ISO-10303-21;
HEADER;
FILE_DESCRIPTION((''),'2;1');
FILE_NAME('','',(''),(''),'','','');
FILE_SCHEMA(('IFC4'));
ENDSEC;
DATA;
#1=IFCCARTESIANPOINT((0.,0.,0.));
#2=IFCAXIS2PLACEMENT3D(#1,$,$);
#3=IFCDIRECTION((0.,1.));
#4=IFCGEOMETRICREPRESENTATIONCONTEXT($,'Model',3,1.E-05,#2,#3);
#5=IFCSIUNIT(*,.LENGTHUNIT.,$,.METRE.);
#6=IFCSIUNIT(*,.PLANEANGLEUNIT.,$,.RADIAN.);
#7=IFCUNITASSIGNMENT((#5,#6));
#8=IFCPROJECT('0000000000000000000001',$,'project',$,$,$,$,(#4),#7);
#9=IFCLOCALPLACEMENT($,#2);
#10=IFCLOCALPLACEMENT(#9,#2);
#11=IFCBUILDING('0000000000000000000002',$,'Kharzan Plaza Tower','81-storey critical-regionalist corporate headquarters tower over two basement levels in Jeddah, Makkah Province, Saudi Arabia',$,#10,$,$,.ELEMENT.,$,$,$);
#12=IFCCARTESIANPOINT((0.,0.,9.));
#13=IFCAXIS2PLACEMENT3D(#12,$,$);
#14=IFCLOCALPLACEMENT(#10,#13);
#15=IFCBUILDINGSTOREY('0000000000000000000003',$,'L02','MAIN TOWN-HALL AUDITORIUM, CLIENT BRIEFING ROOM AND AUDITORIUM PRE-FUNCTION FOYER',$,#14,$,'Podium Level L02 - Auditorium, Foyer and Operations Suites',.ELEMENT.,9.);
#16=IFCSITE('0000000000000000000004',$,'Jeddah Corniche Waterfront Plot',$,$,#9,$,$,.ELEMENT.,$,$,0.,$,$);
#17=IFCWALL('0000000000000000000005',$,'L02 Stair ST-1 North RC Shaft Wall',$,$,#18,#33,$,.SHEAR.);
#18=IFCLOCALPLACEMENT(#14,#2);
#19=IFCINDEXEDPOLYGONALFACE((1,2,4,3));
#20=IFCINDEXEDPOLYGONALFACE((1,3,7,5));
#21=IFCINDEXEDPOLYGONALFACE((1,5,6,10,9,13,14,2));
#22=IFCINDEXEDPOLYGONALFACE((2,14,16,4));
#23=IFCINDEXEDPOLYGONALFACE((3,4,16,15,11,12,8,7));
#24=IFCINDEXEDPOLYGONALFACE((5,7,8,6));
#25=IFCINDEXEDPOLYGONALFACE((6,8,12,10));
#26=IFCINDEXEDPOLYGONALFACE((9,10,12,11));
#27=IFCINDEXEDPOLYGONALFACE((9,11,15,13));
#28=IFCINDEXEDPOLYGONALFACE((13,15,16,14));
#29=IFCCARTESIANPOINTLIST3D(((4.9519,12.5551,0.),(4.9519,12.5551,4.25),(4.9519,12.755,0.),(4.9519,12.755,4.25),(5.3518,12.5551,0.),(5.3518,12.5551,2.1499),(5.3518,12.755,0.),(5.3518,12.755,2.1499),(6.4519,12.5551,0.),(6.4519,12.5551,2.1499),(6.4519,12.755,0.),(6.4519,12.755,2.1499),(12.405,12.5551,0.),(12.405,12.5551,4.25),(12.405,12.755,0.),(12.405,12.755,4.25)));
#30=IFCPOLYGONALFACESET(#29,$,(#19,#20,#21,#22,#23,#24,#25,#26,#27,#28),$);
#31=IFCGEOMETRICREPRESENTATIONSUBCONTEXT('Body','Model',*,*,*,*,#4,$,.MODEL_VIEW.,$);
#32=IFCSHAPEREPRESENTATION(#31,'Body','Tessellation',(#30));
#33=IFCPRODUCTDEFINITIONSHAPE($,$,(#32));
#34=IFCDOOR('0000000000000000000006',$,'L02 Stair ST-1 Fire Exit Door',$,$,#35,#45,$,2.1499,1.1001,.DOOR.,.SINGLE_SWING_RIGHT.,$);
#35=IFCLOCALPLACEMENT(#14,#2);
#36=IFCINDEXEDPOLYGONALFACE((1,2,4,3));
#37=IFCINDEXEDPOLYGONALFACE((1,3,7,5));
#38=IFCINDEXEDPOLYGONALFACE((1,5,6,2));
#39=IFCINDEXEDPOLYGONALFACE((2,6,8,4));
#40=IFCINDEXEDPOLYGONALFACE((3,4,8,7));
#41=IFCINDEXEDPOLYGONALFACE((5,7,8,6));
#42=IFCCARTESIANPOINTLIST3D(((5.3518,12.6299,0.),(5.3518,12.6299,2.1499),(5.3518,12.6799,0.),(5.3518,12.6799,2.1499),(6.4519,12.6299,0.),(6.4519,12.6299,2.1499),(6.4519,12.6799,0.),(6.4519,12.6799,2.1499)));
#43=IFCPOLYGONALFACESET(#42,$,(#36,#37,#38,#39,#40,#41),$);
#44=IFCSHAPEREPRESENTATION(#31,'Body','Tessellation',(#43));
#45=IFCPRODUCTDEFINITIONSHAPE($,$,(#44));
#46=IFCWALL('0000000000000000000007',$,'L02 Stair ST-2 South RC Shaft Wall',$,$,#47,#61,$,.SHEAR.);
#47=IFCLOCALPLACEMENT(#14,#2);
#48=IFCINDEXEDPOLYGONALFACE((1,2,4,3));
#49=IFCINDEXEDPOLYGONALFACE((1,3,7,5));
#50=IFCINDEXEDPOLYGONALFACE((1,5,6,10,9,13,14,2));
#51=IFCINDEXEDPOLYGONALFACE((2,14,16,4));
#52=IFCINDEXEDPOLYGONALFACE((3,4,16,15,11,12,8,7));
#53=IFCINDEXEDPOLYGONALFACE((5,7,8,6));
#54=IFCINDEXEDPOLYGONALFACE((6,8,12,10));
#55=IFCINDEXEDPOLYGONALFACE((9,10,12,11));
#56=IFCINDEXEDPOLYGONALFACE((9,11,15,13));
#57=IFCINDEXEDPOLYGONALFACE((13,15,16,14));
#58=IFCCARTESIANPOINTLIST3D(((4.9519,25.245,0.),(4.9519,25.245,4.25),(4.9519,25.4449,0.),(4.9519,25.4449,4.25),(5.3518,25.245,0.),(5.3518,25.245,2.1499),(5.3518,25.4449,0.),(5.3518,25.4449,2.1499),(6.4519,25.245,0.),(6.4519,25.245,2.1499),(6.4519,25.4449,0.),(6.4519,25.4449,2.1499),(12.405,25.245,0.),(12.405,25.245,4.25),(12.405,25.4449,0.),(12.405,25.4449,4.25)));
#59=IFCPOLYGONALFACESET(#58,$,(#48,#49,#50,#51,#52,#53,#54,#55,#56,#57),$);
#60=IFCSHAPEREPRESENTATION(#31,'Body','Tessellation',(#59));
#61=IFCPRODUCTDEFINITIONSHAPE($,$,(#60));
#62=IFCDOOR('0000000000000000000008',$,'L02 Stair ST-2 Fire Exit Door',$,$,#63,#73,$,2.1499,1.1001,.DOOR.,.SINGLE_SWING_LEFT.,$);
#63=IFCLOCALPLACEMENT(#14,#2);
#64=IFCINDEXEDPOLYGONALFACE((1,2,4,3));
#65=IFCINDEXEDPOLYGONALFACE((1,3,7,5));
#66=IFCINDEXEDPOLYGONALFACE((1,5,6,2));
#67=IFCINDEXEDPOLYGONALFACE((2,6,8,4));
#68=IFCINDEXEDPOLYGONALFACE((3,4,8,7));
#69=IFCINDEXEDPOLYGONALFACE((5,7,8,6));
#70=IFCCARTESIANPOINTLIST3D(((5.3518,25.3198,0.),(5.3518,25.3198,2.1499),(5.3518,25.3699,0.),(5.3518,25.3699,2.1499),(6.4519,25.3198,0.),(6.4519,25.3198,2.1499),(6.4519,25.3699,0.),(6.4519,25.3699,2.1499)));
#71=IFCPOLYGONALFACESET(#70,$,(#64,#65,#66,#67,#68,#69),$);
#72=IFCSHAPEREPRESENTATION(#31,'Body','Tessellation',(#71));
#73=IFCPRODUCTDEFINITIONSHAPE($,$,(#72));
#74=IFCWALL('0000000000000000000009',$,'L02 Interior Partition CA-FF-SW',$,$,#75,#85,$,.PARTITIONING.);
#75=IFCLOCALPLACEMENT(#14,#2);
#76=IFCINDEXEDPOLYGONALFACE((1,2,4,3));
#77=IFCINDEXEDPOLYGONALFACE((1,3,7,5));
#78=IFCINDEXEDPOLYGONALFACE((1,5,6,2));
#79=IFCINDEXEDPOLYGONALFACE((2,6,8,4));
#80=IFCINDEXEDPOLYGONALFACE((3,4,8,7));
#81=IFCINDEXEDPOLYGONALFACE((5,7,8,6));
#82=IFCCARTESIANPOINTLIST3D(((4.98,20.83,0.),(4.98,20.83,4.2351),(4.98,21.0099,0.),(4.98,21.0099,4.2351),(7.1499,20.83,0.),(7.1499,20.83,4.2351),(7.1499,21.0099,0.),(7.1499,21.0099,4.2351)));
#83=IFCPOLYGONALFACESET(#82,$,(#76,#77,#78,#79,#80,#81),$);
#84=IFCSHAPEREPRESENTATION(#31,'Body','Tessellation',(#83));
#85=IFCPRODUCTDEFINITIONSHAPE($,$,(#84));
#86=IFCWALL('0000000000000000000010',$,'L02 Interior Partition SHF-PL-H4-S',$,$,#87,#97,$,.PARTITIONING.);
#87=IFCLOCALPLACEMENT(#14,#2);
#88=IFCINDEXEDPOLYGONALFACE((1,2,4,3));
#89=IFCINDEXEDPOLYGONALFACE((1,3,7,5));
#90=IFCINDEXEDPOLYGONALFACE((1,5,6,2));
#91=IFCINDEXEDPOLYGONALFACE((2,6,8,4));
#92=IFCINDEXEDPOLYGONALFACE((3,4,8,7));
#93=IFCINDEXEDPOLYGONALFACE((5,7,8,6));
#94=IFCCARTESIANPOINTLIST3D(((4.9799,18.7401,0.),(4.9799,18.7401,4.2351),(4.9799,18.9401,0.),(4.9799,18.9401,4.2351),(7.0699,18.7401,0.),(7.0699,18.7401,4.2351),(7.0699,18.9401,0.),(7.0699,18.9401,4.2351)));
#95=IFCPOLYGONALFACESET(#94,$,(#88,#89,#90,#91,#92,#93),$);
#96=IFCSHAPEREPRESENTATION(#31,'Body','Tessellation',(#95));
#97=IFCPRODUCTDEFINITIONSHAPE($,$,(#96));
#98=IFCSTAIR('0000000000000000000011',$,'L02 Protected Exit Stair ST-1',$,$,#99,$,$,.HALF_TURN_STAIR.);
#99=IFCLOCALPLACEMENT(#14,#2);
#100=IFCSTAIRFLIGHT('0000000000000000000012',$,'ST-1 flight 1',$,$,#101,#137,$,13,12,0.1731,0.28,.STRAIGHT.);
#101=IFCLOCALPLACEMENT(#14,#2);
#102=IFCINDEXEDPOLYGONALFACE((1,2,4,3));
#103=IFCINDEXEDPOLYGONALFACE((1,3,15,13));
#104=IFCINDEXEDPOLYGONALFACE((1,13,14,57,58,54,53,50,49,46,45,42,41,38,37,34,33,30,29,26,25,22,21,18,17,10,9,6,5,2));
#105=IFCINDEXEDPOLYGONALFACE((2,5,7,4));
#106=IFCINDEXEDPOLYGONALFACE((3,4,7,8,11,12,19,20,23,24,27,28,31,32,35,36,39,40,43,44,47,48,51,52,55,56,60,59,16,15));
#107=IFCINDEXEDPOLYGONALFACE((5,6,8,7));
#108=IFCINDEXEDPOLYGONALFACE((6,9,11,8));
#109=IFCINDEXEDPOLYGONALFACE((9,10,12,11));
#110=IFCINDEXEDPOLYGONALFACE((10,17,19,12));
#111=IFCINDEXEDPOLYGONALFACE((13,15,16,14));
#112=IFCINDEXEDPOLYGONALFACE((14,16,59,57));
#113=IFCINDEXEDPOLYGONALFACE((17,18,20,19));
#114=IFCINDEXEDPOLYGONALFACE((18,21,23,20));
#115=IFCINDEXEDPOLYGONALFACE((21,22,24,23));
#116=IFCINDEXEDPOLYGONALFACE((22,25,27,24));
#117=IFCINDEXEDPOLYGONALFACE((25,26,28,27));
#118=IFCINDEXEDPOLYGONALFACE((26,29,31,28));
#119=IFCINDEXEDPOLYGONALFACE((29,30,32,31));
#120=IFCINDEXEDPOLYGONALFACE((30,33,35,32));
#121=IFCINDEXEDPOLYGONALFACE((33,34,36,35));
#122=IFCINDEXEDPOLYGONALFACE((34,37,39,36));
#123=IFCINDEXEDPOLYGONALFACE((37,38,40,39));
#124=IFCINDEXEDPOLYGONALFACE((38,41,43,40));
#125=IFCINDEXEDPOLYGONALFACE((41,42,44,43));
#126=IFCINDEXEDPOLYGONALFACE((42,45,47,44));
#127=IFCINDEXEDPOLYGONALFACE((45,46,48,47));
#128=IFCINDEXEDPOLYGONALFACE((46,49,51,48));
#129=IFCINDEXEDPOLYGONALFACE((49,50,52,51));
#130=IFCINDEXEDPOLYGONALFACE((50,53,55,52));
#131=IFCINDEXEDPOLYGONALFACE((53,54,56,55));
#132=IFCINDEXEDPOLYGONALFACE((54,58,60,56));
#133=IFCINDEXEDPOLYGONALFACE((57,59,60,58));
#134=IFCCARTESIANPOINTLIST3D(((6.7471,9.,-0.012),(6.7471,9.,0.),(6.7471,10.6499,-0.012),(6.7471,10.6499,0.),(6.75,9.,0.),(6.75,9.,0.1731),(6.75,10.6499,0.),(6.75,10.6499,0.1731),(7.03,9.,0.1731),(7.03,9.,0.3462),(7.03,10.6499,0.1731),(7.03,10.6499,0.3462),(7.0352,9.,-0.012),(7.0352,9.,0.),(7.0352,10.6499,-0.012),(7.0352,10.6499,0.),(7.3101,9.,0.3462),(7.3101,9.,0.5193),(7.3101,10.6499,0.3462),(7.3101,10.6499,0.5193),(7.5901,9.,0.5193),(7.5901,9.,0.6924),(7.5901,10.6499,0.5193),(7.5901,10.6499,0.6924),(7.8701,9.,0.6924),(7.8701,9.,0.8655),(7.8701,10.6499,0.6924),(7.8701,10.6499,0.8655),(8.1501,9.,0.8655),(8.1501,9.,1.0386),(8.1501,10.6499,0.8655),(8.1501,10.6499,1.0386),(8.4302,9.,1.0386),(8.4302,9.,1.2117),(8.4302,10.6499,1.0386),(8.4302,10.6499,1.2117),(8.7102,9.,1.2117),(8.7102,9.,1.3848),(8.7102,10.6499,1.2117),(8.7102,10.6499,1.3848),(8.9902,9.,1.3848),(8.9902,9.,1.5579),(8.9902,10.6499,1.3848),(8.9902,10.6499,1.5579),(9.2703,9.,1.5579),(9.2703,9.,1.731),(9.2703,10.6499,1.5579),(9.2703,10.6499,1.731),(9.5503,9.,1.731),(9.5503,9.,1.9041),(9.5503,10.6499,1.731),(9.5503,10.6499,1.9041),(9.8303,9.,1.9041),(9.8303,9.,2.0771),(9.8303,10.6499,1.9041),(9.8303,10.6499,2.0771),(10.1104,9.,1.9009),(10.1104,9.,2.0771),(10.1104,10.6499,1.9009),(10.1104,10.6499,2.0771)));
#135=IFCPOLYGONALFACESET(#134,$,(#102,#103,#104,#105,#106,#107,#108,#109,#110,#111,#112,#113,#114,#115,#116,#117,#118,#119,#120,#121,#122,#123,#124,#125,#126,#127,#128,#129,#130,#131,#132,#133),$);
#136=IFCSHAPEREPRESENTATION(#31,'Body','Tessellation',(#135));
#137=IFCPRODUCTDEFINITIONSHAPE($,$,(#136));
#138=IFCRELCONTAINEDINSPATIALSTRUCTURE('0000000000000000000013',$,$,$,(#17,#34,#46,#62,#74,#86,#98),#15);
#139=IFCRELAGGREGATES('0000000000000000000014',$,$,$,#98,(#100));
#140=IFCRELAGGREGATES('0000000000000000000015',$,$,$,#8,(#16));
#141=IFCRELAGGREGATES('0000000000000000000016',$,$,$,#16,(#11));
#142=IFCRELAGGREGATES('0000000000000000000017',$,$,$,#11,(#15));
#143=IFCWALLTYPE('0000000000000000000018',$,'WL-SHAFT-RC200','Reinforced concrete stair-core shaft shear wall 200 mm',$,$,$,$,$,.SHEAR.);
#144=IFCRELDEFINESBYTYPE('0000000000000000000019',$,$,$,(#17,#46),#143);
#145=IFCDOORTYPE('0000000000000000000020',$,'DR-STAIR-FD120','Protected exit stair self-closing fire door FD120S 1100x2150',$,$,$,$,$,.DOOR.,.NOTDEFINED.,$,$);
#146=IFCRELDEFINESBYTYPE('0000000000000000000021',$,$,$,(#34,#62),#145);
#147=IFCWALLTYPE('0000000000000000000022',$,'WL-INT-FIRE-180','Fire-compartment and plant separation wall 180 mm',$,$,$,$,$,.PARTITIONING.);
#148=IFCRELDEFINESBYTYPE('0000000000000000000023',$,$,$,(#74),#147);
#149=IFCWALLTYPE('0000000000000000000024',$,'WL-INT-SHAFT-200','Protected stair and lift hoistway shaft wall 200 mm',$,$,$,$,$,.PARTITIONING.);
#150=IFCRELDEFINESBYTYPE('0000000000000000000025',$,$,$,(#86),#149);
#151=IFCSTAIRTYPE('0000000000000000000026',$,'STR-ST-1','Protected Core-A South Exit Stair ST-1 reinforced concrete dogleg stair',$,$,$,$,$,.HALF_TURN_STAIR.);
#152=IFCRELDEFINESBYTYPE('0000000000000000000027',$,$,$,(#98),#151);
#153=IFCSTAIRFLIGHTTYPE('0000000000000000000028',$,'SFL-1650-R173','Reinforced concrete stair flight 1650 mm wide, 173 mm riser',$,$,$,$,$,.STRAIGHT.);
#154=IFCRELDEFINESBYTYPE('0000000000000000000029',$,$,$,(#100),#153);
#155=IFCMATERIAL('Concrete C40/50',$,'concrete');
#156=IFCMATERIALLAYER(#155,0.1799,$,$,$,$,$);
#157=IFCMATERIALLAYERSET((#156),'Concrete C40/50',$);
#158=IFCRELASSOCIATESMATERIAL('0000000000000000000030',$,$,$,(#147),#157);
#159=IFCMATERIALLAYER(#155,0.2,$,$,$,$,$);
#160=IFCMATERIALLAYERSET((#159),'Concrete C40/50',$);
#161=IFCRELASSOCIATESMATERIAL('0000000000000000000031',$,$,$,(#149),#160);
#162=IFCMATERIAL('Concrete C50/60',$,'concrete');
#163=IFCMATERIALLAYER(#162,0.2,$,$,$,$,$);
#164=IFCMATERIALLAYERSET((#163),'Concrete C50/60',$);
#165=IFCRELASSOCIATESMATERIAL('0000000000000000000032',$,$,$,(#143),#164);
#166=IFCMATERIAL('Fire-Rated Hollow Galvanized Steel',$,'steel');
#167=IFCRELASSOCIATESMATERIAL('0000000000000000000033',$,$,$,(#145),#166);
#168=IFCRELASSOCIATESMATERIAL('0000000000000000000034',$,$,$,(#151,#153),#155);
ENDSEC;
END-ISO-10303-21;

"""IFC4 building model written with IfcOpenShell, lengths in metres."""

from ifc_helpers import new_model, si_unit, direction, frame, frame_2d, origin, place, context, subcontext, project, spatial, polyline, rectangle, outline, extrude, source, transform, mapped, material, layer, layer_set, type_object, element, fill, aggregate, save


model = new_model("IFC4")

# Units and contexts
model_context = context("Model", 3, precision=1e-05, world=origin(), true_north=direction((0.0, 1.0)))
body_context = subcontext(model_context, "Body", "Model", "MODEL_VIEW")
ifc_project = project(units=[si_unit("LENGTHUNIT", "METRE"), si_unit("PLANEANGLEUNIT", "RADIAN")], contexts=[model_context])

# Site, building, storey
site_placement = place(None, origin())
site = spatial("IfcSite", under=ifc_project, at=site_placement, Name="Jeddah Corniche Waterfront Plot", CompositionType="ELEMENT", RefElevation=0.0)
building_placement = place(site_placement, origin())
building = spatial("IfcBuilding", under=site, at=building_placement, Name="Kharzan Plaza Tower", Description="81-storey critical-regionalist corporate headquarters tower over two basement levels in Jeddah, Makkah Province, Saudi Arabia", CompositionType="ELEMENT")
storey_placement = place(building_placement, frame((0.0, 0.0, 9.0)))
storey = spatial("IfcBuildingStorey", under=building, at=storey_placement, Name="L02", Description="MAIN TOWN-HALL AUDITORIUM, CLIENT BRIEFING ROOM AND AUDITORIUM PRE-FUNCTION FOYER", LongName="Podium Level L02 - Auditorium, Foyer and Operations Suites", CompositionType="ELEMENT", Elevation=9.0)

# Shared definitions
ifc_material_1 = material(Name="Concrete C40/50", Category="concrete")
ifc_layer_1 = layer(ifc_material_1, 0.1799)
ifc_layer_set_1 = layer_set([ifc_layer_1], Name="Concrete C40/50")
wall_type_1 = type_object("IfcWallType", Name="WL-INT-FIRE-180", Description="Fire-compartment and plant separation wall 180 mm", PredefinedType="PARTITIONING", material=ifc_layer_set_1)
ifc_layer_2 = layer(ifc_material_1, 0.2)
ifc_layer_set_2 = layer_set([ifc_layer_2], Name="Concrete C40/50")
wall_type_2 = type_object("IfcWallType", Name="WL-INT-SHAFT-200", Description="Protected stair and lift hoistway shaft wall 200 mm", PredefinedType="PARTITIONING", material=ifc_layer_set_2)

# Walls, openings, doors
ifc_material_2 = material(Name="Concrete C50/60", Category="concrete")
ifc_layer_3 = layer(ifc_material_2, 0.2)
ifc_layer_set_3 = layer_set([ifc_layer_3], Name="Concrete C50/60")
wall_type_3 = type_object("IfcWallType", Name="WL-SHAFT-RC200", Description="Reinforced concrete stair-core shaft shear wall 200 mm", PredefinedType="SHEAR", material=ifc_layer_set_3)
wall_1_placement = place(storey_placement, frame((4.9519, 12.655, 0.0), z_axis=(0.0, 0.0, 1.0), x_axis=(1.0, 0.0, 0.0)))
wall_1 = element("IfcWall", 1, at=wall_1_placement, inside=storey, type_object=wall_type_3, Name="L02 Stair ST-1 North RC Shaft Wall", PredefinedType="SHEAR", context=body_context, shape_type="SweptSolid", body=[
    extrude(rectangle(XDim=7.4531, YDim=0.2, at=frame_2d((3.7266, 0.0))), origin(), (0.0, 0.0, 1.0), 4.25),
])
opening_1_placement = place(wall_1_placement, frame((0.3999, 0.0, 0.0)))
opening_1 = element("IfcOpeningElement", 2, at=opening_1_placement, cuts=wall_1, PredefinedType="OPENING", context=body_context, shape_type="SweptSolid", body=[
    extrude(rectangle(XDim=1.1001, YDim=2.1499, at=frame_2d((0.55, 1.075))), frame((0.0, 0.1099, 0.0), z_axis=(0.0, -1.0, 0.0), x_axis=(1.0, 0.0, 0.0)), (0.0, 0.0, 1.0), 0.22),
])
ifc_material_3 = material(Name="Fire-Rated Hollow Galvanized Steel", Category="steel")
door_type_1 = type_object("IfcDoorType", Name="DR-STAIR-FD120", Description="Protected exit stair self-closing fire door FD120S 1100x2150", OperationType="NOTDEFINED", PredefinedType="DOOR", material=ifc_material_3)
shared_shape_1 = source(origin(), body_context, "Body", "SweptSolid", [
    extrude(rectangle(XDim=1.1001, YDim=2.1499, at=frame_2d((0.55, 1.075))), frame((0.0, 0.0249, 0.0), z_axis=(0.0, -1.0, 0.0), x_axis=(1.0, 0.0, 0.0)), (0.0, 0.0, 1.0), 0.05),
])
door_1_placement = place(opening_1_placement, origin())
door_1 = element("IfcDoor", 3, at=door_1_placement, inside=storey, type_object=door_type_1, Name="L02 Stair ST-1 Fire Exit Door", OperationType="SINGLE_SWING_RIGHT", OverallHeight=2.1499, OverallWidth=1.1001, PredefinedType="DOOR", context=body_context, shape_type="MappedRepresentation", body=[
    mapped(shared_shape_1, transform((0.0, 0.0, 0.0), x_axis=(1.0, 0.0, 0.0), y_axis=(0.0, 1.0, 0.0), z_axis=(0.0, 0.0, 1.0))),
])
fill(opening_1, door_1)
wall_2_placement = place(storey_placement, frame((4.9519, 25.345, 0.0), z_axis=(0.0, 0.0, 1.0), x_axis=(1.0, 0.0, 0.0)))
wall_2 = element("IfcWall", 4, at=wall_2_placement, inside=storey, type_object=wall_type_3, Name="L02 Stair ST-2 South RC Shaft Wall", PredefinedType="SHEAR", context=body_context, shape_type="SweptSolid", body=[
    extrude(rectangle(XDim=7.4531, YDim=0.2, at=frame_2d((3.7266, 0.0))), origin(), (0.0, 0.0, 1.0), 4.25),
])
opening_2_placement = place(wall_2_placement, frame((0.3999, 0.0, 0.0)))
opening_2 = element("IfcOpeningElement", 5, at=opening_2_placement, cuts=wall_2, PredefinedType="OPENING", context=body_context, shape_type="SweptSolid", body=[
    extrude(rectangle(XDim=1.1001, YDim=2.1499, at=frame_2d((0.55, 1.075))), frame((0.0, 0.1099, 0.0), z_axis=(0.0, -1.0, 0.0), x_axis=(1.0, 0.0, 0.0)), (0.0, 0.0, 1.0), 0.22),
])
door_2_placement = place(opening_2_placement, origin())
door_2 = element("IfcDoor", 6, at=door_2_placement, inside=storey, type_object=door_type_1, Name="L02 Stair ST-2 Fire Exit Door", OperationType="SINGLE_SWING_LEFT", OverallHeight=2.1499, OverallWidth=1.1001, PredefinedType="DOOR", context=body_context, shape_type="MappedRepresentation", body=[
    mapped(shared_shape_1, transform((0.0, 0.0, 0.0), x_axis=(1.0, 0.0, 0.0), y_axis=(0.0, 1.0, 0.0), z_axis=(0.0, 0.0, 1.0))),
])
fill(opening_2, door_2)

# Walls
shared_shape_2 = source(origin(), body_context, "Body", "SweptSolid", [
    extrude(rectangle(XDim=2.1699, YDim=0.1799, at=frame_2d((1.085, 0.0))), origin(), (0.0, 0.0, 1.0), 4.2351),
])
wall_3_placement = place(storey_placement, frame((4.98, 20.9199, 0.0), z_axis=(0.0, 0.0, 1.0), x_axis=(1.0, 0.0, 0.0)))
element("IfcWall", 7, at=wall_3_placement, inside=storey, type_object=wall_type_1, Name="L02 Interior Partition CA-FF-SW", PredefinedType="PARTITIONING", context=body_context, shape_type="MappedRepresentation", body=[
    mapped(shared_shape_2, transform((0.0, 0.0, 0.0), x_axis=(1.0, 0.0, 0.0), y_axis=(0.0, 1.0, 0.0), z_axis=(0.0, 0.0, 1.0))),
])
shared_shape_3 = source(origin(), body_context, "Body", "SweptSolid", [
    extrude(rectangle(XDim=2.0901, YDim=0.2, at=frame_2d((1.0449, 0.0))), origin(), (0.0, 0.0, 1.0), 4.2351),
])
wall_4_placement = place(storey_placement, frame((4.98, 18.8401, 0.0), z_axis=(0.0, 0.0, 1.0), x_axis=(1.0, 0.0, 0.0)))
element("IfcWall", 8, at=wall_4_placement, inside=storey, type_object=wall_type_2, Name="L02 Interior Partition SHF-PL-H4-S", PredefinedType="PARTITIONING", context=body_context, shape_type="MappedRepresentation", body=[
    mapped(shared_shape_3, transform((0.0, 0.0, 0.0), x_axis=(1.0, 0.0, 0.0), y_axis=(0.0, 1.0, 0.0), z_axis=(0.0, 0.0, 1.0))),
])

# Stair, stair flight
stair_type_1 = type_object("IfcStairType", Name="STR-ST-1", Description="Protected Core-A South Exit Stair ST-1 reinforced concrete dogleg stair", PredefinedType="HALF_TURN_STAIR", material=ifc_material_1)
stair_1_placement = place(storey_placement, origin())
stair_1 = element("IfcStair", 9, at=stair_1_placement, inside=storey, type_object=stair_type_1, Name="L02 Protected Exit Stair ST-1", PredefinedType="HALF_TURN_STAIR")
stair_flight_type = type_object("IfcStairFlightType", Name="SFL-1650-R173", Description="Reinforced concrete stair flight 1650 mm wide, 173 mm riser", PredefinedType="STRAIGHT", material=ifc_material_1)
shared_shape_4 = source(origin(), body_context, "Body", "SweptSolid", [
    extrude(outline(polyline([(-0.0029, -0.012), (-0.0029, 0.0), (0.0, 0.0), (0.0, 0.1731), (0.28, 0.1731), (0.28, 0.3462), (0.5601, 0.3462), (0.5601, 0.5193), (0.8401, 0.5193), (0.8401, 0.6924), (1.1201, 0.6924), (1.1201, 0.8655), (1.4001, 0.8655), (1.4001, 1.0386), (1.6802, 1.0386), (1.6802, 1.2117), (1.9602, 1.2117), (1.9602, 1.3848), (2.2402, 1.3848), (2.2402, 1.5579), (2.5203, 1.5579), (2.5203, 1.731), (2.8003, 1.731), (2.8003, 1.9041), (3.0803, 1.9041), (3.0803, 2.0771), (3.3604, 2.0771), (3.3604, 2.2502), (3.3604, 1.9009), (0.2852, 0.0), (0.2852, -0.012), (-0.0029, -0.012)])), frame((0.0, 0.825, 0.0), z_axis=(0.0, -1.0, 0.0), x_axis=(1.0, 0.0, 0.0)), (0.0, 0.0, 1.0), 1.6499),
])
stair_flight_1_placement = place(storey_placement, frame((6.75, 9.825, 0.0), z_axis=(0.0, 0.0, 1.0), x_axis=(1.0, 0.0, 0.0)))
stair_flight_1 = element("IfcStairFlight", 10, at=stair_flight_1_placement, type_object=stair_flight_type, Name="ST-1 flight 1", NumberOfRisers=13, NumberOfTreads=12, PredefinedType="STRAIGHT", RiserHeight=0.1731, TreadLength=0.28, context=body_context, shape_type="MappedRepresentation", body=[
    mapped(shared_shape_4, transform((0.0, 0.0, 0.0), x_axis=(1.0, 0.0, 0.0), y_axis=(0.0, 1.0, 0.0), z_axis=(0.0, 0.0, 1.0))),
])
aggregate(stair_1, [stair_flight_1])

save(model, "model.ifc")
